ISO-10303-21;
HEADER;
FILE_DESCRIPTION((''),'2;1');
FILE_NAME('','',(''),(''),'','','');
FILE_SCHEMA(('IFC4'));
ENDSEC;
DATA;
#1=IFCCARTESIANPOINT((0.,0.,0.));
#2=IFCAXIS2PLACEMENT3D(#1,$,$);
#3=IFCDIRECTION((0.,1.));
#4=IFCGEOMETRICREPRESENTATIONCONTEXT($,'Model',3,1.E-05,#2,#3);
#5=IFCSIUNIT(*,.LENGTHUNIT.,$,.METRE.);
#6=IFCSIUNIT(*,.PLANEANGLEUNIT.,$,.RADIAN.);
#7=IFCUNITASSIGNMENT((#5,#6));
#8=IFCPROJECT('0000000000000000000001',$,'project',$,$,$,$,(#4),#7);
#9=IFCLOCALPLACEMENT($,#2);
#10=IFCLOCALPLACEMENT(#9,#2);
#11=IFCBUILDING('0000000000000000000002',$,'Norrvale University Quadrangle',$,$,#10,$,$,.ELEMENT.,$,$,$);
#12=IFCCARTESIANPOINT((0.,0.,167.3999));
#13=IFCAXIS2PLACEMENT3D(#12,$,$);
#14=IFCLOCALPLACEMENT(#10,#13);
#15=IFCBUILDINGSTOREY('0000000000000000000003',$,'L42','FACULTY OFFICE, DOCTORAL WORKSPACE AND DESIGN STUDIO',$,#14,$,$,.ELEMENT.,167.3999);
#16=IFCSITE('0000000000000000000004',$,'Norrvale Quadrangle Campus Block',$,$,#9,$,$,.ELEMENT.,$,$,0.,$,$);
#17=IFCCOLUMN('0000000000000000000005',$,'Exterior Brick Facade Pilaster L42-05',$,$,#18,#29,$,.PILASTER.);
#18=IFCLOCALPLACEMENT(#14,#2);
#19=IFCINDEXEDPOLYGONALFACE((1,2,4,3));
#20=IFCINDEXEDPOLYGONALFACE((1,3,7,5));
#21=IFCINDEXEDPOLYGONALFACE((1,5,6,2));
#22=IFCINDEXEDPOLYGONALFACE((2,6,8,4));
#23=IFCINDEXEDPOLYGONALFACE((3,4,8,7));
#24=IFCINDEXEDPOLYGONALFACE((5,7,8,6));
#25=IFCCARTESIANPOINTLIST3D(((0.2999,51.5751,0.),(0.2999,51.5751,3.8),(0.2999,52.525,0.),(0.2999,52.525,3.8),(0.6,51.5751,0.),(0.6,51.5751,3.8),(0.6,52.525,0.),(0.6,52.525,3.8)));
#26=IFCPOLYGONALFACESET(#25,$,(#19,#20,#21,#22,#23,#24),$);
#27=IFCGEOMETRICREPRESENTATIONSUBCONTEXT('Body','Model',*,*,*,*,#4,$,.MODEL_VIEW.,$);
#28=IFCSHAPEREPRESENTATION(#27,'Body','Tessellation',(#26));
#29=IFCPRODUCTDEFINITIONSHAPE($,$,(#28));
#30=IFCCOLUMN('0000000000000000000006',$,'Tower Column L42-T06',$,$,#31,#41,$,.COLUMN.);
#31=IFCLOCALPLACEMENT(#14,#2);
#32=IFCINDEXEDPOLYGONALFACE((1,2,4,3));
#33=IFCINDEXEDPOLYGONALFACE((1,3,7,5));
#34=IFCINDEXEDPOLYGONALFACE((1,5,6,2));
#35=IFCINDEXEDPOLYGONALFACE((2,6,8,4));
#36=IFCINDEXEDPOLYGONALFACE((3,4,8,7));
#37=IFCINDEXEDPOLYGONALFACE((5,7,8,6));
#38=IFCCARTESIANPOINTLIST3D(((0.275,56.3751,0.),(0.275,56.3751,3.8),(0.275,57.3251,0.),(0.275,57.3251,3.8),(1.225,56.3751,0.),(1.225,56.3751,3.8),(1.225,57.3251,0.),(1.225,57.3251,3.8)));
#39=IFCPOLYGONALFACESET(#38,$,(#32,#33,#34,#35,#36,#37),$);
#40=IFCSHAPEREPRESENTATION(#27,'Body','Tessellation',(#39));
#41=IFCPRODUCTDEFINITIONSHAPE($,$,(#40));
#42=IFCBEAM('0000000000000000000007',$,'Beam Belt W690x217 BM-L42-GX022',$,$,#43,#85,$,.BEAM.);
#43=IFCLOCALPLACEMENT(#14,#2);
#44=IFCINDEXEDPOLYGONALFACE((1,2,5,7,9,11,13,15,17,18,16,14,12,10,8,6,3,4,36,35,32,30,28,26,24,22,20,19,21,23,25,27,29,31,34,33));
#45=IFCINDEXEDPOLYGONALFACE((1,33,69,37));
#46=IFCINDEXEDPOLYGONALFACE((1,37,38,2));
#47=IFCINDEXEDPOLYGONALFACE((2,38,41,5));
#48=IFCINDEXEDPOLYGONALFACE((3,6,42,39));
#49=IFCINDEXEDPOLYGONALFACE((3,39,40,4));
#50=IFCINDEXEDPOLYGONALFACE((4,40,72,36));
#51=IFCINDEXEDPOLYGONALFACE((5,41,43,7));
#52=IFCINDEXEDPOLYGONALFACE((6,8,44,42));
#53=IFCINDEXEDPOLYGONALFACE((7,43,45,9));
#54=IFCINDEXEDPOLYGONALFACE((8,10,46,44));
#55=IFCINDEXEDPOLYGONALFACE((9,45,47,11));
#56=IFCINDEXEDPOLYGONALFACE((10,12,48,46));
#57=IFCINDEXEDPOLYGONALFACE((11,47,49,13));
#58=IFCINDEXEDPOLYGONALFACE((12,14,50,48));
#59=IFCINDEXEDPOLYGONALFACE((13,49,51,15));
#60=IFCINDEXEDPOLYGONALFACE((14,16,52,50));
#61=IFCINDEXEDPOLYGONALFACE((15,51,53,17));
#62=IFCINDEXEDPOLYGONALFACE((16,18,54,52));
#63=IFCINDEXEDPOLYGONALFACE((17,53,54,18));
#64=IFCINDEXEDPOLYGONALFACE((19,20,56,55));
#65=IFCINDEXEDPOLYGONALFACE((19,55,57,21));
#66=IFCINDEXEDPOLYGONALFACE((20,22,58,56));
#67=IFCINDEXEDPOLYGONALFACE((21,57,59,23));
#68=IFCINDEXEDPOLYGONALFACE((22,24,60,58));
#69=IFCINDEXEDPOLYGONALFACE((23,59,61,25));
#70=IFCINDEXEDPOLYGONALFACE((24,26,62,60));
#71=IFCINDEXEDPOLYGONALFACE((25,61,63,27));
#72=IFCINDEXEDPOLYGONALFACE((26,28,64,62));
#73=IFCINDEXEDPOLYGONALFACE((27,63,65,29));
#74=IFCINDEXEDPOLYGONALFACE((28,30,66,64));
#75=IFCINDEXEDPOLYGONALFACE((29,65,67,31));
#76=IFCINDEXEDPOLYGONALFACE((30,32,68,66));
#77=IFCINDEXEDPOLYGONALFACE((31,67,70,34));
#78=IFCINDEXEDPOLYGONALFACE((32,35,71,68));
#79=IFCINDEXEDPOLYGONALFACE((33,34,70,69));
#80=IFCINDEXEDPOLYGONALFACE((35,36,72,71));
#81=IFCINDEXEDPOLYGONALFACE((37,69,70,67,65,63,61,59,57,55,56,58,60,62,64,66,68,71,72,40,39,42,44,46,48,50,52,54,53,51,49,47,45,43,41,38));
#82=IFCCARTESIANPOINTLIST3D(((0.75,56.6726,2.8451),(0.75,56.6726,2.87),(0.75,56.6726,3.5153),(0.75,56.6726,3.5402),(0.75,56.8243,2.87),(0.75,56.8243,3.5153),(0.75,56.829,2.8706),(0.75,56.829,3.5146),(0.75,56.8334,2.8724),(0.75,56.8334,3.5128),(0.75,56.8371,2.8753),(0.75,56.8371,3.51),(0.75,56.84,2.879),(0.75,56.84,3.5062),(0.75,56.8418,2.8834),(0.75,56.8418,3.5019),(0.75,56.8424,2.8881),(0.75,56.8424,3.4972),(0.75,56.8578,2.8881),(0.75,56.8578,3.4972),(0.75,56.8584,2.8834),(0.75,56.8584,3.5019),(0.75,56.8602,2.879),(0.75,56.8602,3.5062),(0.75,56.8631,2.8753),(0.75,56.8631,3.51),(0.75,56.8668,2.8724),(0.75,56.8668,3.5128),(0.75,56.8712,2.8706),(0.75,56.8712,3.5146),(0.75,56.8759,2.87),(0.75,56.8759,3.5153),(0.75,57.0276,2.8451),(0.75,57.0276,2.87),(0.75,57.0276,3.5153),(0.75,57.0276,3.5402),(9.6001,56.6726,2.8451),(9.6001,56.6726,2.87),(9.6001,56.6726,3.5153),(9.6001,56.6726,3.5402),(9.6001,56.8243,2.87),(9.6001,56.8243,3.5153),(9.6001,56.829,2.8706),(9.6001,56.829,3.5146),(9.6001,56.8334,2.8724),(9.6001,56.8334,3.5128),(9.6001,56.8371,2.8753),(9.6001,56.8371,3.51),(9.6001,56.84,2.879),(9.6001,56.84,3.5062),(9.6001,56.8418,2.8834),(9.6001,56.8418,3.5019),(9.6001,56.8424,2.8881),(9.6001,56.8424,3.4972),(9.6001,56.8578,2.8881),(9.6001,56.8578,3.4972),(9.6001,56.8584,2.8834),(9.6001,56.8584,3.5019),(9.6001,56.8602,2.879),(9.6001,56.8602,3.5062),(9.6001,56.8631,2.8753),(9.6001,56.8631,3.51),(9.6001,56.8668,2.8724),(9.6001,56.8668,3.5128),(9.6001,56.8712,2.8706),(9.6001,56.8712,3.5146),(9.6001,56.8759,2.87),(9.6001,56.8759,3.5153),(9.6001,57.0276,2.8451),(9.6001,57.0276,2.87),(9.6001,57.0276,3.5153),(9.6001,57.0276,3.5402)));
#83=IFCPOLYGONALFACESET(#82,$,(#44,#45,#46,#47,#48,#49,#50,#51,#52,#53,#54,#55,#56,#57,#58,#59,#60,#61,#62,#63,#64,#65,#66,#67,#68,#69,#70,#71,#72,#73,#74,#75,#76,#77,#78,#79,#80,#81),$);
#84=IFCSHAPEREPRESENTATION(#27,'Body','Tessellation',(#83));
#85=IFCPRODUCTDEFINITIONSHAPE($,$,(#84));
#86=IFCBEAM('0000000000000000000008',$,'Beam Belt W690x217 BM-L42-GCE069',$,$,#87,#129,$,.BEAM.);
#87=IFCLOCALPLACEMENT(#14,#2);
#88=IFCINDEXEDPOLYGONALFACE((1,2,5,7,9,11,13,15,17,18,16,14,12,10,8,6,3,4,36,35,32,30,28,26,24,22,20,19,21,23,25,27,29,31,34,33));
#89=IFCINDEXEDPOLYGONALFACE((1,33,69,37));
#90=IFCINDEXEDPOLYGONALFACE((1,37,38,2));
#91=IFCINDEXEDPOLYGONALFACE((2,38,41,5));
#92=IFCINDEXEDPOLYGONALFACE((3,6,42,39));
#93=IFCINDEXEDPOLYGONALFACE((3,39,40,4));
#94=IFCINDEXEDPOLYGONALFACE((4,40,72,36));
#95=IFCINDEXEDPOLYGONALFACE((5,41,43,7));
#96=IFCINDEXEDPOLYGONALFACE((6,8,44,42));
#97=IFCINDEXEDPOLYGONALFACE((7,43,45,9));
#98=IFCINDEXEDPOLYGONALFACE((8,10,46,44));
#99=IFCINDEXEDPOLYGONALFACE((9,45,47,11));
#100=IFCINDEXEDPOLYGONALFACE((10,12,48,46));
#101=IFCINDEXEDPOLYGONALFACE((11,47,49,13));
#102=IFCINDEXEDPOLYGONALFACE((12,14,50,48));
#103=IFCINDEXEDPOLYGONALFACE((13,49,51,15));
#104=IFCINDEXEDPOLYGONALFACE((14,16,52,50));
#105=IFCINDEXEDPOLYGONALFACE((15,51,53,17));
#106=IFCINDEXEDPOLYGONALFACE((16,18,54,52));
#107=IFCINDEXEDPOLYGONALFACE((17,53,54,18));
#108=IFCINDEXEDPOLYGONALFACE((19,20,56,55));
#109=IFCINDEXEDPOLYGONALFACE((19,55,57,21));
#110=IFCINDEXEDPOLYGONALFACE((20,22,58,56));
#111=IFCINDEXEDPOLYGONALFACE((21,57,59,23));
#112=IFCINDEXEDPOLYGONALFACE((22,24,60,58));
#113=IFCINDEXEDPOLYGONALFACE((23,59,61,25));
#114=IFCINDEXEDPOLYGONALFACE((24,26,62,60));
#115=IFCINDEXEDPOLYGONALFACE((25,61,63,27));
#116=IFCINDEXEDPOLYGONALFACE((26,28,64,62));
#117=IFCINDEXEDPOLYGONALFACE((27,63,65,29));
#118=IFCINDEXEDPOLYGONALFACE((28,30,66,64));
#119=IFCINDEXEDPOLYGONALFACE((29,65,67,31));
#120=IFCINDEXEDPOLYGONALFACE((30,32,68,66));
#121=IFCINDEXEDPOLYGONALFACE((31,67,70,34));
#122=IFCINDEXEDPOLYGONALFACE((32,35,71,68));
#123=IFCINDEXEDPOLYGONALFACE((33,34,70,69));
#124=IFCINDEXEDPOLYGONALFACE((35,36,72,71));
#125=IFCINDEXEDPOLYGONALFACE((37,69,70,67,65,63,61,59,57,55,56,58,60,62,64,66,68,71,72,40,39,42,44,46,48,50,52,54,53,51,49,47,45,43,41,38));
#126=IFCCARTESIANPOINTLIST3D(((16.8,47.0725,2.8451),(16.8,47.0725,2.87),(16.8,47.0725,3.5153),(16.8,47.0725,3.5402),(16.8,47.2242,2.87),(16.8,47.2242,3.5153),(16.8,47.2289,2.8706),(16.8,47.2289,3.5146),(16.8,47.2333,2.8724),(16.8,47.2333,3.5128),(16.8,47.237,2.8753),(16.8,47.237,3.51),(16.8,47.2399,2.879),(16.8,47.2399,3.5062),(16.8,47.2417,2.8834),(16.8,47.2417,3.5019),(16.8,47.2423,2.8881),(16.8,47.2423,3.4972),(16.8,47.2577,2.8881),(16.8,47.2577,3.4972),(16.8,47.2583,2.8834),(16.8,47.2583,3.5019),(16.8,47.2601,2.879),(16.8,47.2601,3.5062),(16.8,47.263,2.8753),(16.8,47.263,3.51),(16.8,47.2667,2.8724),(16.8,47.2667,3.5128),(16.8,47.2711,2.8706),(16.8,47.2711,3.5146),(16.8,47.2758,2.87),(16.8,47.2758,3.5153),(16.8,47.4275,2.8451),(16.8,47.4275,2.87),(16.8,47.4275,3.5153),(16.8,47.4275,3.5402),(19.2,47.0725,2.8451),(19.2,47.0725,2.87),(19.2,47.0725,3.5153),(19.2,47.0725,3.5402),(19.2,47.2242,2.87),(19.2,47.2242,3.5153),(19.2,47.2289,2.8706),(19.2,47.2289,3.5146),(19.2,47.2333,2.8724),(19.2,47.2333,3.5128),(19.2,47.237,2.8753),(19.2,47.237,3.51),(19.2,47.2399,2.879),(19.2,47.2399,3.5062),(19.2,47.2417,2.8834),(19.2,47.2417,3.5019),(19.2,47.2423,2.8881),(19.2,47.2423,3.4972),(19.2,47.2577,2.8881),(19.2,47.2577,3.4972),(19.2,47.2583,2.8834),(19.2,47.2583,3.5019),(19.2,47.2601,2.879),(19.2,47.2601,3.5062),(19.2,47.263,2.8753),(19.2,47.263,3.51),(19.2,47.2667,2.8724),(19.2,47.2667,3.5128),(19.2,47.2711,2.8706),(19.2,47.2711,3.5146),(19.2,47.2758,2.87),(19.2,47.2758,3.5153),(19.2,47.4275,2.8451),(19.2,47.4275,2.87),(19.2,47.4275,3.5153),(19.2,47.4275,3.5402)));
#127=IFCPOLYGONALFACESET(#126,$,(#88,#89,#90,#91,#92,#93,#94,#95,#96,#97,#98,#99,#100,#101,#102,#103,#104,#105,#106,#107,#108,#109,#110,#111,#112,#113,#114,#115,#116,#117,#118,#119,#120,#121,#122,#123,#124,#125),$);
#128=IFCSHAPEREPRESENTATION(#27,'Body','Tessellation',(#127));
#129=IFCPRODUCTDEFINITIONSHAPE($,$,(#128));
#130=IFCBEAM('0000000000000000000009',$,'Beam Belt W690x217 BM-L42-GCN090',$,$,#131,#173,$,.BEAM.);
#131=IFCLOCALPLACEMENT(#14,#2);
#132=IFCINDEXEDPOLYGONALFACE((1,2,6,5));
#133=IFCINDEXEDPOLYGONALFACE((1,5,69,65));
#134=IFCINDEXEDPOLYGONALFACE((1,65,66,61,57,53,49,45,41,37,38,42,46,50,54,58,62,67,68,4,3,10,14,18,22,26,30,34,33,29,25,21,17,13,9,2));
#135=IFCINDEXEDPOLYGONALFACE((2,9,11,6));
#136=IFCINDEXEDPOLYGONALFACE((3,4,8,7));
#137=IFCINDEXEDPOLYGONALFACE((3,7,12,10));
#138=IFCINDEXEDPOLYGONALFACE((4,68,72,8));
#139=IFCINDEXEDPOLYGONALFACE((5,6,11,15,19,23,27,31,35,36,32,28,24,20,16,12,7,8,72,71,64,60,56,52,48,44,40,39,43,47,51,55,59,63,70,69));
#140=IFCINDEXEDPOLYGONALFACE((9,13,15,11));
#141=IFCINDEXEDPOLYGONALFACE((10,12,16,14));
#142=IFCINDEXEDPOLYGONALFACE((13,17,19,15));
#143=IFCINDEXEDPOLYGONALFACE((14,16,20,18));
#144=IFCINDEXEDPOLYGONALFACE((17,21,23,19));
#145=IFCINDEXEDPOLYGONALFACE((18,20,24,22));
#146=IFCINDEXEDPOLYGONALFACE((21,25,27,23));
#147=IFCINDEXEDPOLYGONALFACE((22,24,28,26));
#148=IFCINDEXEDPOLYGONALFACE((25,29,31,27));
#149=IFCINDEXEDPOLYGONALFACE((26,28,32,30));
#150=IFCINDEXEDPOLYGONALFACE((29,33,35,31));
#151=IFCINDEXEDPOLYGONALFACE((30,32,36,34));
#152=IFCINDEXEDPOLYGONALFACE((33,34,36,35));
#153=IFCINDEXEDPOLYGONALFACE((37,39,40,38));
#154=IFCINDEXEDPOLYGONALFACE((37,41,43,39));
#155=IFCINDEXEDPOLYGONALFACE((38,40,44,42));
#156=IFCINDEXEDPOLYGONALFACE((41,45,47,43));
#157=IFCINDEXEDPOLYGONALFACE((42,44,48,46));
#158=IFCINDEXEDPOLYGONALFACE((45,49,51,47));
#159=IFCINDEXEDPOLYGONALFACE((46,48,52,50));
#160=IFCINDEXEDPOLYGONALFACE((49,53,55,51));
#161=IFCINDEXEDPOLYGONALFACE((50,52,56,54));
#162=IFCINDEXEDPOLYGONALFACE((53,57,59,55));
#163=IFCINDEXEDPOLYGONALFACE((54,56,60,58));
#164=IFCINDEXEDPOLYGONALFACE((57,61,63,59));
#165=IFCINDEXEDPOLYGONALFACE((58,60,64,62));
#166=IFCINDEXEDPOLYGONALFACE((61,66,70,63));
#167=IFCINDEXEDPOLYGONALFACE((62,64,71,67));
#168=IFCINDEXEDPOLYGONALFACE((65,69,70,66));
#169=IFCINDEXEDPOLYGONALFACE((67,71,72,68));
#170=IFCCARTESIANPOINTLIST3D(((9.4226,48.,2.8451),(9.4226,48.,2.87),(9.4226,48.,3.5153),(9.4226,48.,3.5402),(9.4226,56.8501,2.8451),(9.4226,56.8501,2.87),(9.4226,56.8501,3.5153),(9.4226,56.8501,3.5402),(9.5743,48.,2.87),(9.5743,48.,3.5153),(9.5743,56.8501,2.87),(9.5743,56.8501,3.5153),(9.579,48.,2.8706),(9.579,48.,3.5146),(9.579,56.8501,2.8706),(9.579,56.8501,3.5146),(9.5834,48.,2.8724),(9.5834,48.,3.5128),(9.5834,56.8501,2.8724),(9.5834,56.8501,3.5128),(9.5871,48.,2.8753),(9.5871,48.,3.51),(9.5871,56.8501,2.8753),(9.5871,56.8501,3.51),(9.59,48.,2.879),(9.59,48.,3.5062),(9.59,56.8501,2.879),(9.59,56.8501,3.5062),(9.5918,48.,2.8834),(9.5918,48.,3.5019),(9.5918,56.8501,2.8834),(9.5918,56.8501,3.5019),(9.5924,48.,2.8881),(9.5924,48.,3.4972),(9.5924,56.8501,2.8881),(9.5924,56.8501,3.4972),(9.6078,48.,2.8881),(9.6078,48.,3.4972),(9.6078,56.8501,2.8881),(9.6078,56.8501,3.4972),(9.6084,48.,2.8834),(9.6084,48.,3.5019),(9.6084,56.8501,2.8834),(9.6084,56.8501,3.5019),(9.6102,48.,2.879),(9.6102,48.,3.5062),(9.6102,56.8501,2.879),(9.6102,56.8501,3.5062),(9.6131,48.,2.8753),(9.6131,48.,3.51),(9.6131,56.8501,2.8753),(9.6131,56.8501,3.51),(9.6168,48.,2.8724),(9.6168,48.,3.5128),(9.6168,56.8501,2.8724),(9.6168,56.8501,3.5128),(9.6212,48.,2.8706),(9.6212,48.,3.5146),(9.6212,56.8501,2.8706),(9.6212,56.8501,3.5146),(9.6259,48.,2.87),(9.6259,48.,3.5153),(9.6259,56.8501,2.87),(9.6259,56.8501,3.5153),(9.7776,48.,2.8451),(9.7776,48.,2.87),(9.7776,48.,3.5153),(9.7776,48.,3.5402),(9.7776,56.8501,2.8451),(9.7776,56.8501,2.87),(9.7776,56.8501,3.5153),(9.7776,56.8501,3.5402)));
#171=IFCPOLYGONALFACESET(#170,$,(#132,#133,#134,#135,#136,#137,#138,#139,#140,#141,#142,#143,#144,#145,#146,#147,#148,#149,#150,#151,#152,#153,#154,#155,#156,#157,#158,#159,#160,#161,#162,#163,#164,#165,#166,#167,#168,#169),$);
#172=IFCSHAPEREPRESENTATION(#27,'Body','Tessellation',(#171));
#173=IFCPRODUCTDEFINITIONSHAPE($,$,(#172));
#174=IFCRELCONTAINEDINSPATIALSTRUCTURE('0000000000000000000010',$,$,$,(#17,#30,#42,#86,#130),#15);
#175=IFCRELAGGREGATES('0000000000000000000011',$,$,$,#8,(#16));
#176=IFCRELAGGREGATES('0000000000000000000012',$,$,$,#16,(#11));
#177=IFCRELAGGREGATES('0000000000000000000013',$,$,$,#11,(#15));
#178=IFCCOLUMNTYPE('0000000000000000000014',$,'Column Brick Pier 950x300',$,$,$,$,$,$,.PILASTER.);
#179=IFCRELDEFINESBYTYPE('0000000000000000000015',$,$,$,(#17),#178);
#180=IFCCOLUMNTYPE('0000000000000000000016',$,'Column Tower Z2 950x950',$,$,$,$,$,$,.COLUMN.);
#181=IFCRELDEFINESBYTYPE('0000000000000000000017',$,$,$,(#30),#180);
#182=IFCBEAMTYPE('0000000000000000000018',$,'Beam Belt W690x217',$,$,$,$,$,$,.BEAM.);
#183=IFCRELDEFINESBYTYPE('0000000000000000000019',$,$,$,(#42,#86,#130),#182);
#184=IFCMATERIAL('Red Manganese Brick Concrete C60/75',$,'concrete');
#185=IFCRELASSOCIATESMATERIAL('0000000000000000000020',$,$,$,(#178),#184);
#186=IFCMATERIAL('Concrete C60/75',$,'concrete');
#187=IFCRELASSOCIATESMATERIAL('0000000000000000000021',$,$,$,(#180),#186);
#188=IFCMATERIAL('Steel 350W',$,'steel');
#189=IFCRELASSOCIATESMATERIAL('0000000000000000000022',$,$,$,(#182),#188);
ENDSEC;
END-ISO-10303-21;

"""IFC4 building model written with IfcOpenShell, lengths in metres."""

from ifc_helpers import new_model, si_unit, direction, frame, origin, origin_2d, place, context, subcontext, project, spatial, rectangle, i_section, extrude, material, material_profile, profile_set, type_object, element, save


model = new_model("IFC4")

# Units and contexts
model_context = context("Model", 3, precision=1e-05, world=origin(), true_north=direction((0.0, 1.0)))
body_context = subcontext(model_context, "Body", "Model", "MODEL_VIEW")
ifc_project = project(units=[si_unit("LENGTHUNIT", "METRE"), si_unit("PLANEANGLEUNIT", "RADIAN")], contexts=[model_context])

# Site, building, storey
site_placement = place(None, origin())
site = spatial("IfcSite", under=ifc_project, at=site_placement, Name="Norrvale Quadrangle Campus Block", CompositionType="ELEMENT", RefElevation=0.0)
building_placement = place(site_placement, origin())
building = spatial("IfcBuilding", under=site, at=building_placement, Name="Norrvale University Quadrangle", CompositionType="ELEMENT")
storey_placement = place(building_placement, frame((0.0, 0.0, 167.3999)))
storey = spatial("IfcBuildingStorey", under=building, at=storey_placement, Name="L42", Description="FACULTY OFFICE, DOCTORAL WORKSPACE AND DESIGN STUDIO", CompositionType="ELEMENT", Elevation=167.3999)

# Columns
ifc_material_1 = material(Name="Red Manganese Brick Concrete C60/75", Category="concrete")
ifc_material_profile_1 = material_profile(ifc_material_1, rectangle(XDim=0.95, YDim=0.3, at=origin_2d()), Name="Red Manganese Brick Concrete C60/75")
ifc_profile_set_1 = profile_set([ifc_material_profile_1], Name="Red Manganese Brick Concrete C60/75")
column_type_1 = type_object("IfcColumnType", Name="Column Brick Pier 950x300", PredefinedType="PILASTER", material=ifc_profile_set_1)
column_1_placement = place(storey_placement, frame((0.45, 52.05, 0.0), z_axis=(0.0, 0.0, 1.0), x_axis=(0.0, 1.0, 0.0)))
element("IfcColumn", 1, at=column_1_placement, inside=storey, type_object=column_type_1, Name="Exterior Brick Facade Pilaster L42-05", PredefinedType="PILASTER", context=body_context, shape_type="SweptSolid", body=[
    extrude(rectangle(XDim=0.95, YDim=0.3, at=origin_2d()), origin(), (0.0, 0.0, 1.0), 3.8),
])
ifc_material_2 = material(Name="Concrete C60/75", Category="concrete")
ifc_material_profile_2 = material_profile(ifc_material_2, rectangle(XDim=0.95, YDim=0.95, at=origin_2d()), Name="Concrete C60/75")
ifc_profile_set_2 = profile_set([ifc_material_profile_2], Name="Concrete C60/75")
column_type_2 = type_object("IfcColumnType", Name="Column Tower Z2 950x950", PredefinedType="COLUMN", material=ifc_profile_set_2)
column_2_placement = place(storey_placement, frame((0.75, 56.8501, 0.0), z_axis=(0.0, 0.0, 1.0), x_axis=(1.0, 0.0, 0.0)))
element("IfcColumn", 2, at=column_2_placement, inside=storey, type_object=column_type_2, Name="Tower Column L42-T06", PredefinedType="COLUMN", context=body_context, shape_type="SweptSolid", body=[
    extrude(rectangle(XDim=0.95, YDim=0.95, at=origin_2d()), origin(), (0.0, 0.0, 1.0), 3.8),
])

# Beams
ifc_material_3 = material(Name="Steel 350W", Category="steel")
ifc_material_profile_3 = material_profile(ifc_material_3, i_section(OverallWidth=0.355, OverallDepth=0.6951, WebThickness=0.0154, FlangeThickness=0.0249, FilletRadius=0.0181, at=origin_2d()), Name="Steel 350W")
ifc_profile_set_3 = profile_set([ifc_material_profile_3], Name="Steel 350W")
beam_type_1 = type_object("IfcBeamType", Name="Beam Belt W690x217", PredefinedType="BEAM", material=ifc_profile_set_3)
beam_1_placement = place(storey_placement, frame((0.75, 56.8501, 3.1926), z_axis=(1.0, 0.0, 0.0), x_axis=(0.0, 1.0, 0.0)))
element("IfcBeam", 3, at=beam_1_placement, inside=storey, type_object=beam_type_1, Name="Beam Belt W690x217 BM-L42-GX022", PredefinedType="BEAM", context=body_context, shape_type="SweptSolid", body=[
    extrude(i_section(OverallWidth=0.355, OverallDepth=0.6951, WebThickness=0.0154, FlangeThickness=0.0249, FilletRadius=0.0181, at=origin_2d()), origin(), (0.0, 0.0, 1.0), 8.8501),
])
beam_2_placement = place(storey_placement, frame((16.8, 47.25, 3.1926), z_axis=(1.0, 0.0, 0.0), x_axis=(0.0, 1.0, 0.0)))
element("IfcBeam", 4, at=beam_2_placement, inside=storey, type_object=beam_type_1, Name="Beam Belt W690x217 BM-L42-GCE069", PredefinedType="BEAM", context=body_context, shape_type="SweptSolid", body=[
    extrude(i_section(OverallWidth=0.355, OverallDepth=0.6951, WebThickness=0.0154, FlangeThickness=0.0249, FilletRadius=0.0181, at=origin_2d()), origin(), (0.0, 0.0, 1.0), 2.3999),
])
beam_3_placement = place(storey_placement, frame((9.6001, 48.0, 3.1926), z_axis=(0.0, 1.0, 0.0), x_axis=(-1.0, 0.0, 0.0)))
element("IfcBeam", 5, at=beam_3_placement, inside=storey, type_object=beam_type_1, Name="Beam Belt W690x217 BM-L42-GCN090", PredefinedType="BEAM", context=body_context, shape_type="SweptSolid", body=[
    extrude(i_section(OverallWidth=0.355, OverallDepth=0.6951, WebThickness=0.0154, FlangeThickness=0.0249, FilletRadius=0.0181, at=origin_2d()), origin(), (0.0, 0.0, 1.0), 8.8501),
])

save(model, "model.ifc")
